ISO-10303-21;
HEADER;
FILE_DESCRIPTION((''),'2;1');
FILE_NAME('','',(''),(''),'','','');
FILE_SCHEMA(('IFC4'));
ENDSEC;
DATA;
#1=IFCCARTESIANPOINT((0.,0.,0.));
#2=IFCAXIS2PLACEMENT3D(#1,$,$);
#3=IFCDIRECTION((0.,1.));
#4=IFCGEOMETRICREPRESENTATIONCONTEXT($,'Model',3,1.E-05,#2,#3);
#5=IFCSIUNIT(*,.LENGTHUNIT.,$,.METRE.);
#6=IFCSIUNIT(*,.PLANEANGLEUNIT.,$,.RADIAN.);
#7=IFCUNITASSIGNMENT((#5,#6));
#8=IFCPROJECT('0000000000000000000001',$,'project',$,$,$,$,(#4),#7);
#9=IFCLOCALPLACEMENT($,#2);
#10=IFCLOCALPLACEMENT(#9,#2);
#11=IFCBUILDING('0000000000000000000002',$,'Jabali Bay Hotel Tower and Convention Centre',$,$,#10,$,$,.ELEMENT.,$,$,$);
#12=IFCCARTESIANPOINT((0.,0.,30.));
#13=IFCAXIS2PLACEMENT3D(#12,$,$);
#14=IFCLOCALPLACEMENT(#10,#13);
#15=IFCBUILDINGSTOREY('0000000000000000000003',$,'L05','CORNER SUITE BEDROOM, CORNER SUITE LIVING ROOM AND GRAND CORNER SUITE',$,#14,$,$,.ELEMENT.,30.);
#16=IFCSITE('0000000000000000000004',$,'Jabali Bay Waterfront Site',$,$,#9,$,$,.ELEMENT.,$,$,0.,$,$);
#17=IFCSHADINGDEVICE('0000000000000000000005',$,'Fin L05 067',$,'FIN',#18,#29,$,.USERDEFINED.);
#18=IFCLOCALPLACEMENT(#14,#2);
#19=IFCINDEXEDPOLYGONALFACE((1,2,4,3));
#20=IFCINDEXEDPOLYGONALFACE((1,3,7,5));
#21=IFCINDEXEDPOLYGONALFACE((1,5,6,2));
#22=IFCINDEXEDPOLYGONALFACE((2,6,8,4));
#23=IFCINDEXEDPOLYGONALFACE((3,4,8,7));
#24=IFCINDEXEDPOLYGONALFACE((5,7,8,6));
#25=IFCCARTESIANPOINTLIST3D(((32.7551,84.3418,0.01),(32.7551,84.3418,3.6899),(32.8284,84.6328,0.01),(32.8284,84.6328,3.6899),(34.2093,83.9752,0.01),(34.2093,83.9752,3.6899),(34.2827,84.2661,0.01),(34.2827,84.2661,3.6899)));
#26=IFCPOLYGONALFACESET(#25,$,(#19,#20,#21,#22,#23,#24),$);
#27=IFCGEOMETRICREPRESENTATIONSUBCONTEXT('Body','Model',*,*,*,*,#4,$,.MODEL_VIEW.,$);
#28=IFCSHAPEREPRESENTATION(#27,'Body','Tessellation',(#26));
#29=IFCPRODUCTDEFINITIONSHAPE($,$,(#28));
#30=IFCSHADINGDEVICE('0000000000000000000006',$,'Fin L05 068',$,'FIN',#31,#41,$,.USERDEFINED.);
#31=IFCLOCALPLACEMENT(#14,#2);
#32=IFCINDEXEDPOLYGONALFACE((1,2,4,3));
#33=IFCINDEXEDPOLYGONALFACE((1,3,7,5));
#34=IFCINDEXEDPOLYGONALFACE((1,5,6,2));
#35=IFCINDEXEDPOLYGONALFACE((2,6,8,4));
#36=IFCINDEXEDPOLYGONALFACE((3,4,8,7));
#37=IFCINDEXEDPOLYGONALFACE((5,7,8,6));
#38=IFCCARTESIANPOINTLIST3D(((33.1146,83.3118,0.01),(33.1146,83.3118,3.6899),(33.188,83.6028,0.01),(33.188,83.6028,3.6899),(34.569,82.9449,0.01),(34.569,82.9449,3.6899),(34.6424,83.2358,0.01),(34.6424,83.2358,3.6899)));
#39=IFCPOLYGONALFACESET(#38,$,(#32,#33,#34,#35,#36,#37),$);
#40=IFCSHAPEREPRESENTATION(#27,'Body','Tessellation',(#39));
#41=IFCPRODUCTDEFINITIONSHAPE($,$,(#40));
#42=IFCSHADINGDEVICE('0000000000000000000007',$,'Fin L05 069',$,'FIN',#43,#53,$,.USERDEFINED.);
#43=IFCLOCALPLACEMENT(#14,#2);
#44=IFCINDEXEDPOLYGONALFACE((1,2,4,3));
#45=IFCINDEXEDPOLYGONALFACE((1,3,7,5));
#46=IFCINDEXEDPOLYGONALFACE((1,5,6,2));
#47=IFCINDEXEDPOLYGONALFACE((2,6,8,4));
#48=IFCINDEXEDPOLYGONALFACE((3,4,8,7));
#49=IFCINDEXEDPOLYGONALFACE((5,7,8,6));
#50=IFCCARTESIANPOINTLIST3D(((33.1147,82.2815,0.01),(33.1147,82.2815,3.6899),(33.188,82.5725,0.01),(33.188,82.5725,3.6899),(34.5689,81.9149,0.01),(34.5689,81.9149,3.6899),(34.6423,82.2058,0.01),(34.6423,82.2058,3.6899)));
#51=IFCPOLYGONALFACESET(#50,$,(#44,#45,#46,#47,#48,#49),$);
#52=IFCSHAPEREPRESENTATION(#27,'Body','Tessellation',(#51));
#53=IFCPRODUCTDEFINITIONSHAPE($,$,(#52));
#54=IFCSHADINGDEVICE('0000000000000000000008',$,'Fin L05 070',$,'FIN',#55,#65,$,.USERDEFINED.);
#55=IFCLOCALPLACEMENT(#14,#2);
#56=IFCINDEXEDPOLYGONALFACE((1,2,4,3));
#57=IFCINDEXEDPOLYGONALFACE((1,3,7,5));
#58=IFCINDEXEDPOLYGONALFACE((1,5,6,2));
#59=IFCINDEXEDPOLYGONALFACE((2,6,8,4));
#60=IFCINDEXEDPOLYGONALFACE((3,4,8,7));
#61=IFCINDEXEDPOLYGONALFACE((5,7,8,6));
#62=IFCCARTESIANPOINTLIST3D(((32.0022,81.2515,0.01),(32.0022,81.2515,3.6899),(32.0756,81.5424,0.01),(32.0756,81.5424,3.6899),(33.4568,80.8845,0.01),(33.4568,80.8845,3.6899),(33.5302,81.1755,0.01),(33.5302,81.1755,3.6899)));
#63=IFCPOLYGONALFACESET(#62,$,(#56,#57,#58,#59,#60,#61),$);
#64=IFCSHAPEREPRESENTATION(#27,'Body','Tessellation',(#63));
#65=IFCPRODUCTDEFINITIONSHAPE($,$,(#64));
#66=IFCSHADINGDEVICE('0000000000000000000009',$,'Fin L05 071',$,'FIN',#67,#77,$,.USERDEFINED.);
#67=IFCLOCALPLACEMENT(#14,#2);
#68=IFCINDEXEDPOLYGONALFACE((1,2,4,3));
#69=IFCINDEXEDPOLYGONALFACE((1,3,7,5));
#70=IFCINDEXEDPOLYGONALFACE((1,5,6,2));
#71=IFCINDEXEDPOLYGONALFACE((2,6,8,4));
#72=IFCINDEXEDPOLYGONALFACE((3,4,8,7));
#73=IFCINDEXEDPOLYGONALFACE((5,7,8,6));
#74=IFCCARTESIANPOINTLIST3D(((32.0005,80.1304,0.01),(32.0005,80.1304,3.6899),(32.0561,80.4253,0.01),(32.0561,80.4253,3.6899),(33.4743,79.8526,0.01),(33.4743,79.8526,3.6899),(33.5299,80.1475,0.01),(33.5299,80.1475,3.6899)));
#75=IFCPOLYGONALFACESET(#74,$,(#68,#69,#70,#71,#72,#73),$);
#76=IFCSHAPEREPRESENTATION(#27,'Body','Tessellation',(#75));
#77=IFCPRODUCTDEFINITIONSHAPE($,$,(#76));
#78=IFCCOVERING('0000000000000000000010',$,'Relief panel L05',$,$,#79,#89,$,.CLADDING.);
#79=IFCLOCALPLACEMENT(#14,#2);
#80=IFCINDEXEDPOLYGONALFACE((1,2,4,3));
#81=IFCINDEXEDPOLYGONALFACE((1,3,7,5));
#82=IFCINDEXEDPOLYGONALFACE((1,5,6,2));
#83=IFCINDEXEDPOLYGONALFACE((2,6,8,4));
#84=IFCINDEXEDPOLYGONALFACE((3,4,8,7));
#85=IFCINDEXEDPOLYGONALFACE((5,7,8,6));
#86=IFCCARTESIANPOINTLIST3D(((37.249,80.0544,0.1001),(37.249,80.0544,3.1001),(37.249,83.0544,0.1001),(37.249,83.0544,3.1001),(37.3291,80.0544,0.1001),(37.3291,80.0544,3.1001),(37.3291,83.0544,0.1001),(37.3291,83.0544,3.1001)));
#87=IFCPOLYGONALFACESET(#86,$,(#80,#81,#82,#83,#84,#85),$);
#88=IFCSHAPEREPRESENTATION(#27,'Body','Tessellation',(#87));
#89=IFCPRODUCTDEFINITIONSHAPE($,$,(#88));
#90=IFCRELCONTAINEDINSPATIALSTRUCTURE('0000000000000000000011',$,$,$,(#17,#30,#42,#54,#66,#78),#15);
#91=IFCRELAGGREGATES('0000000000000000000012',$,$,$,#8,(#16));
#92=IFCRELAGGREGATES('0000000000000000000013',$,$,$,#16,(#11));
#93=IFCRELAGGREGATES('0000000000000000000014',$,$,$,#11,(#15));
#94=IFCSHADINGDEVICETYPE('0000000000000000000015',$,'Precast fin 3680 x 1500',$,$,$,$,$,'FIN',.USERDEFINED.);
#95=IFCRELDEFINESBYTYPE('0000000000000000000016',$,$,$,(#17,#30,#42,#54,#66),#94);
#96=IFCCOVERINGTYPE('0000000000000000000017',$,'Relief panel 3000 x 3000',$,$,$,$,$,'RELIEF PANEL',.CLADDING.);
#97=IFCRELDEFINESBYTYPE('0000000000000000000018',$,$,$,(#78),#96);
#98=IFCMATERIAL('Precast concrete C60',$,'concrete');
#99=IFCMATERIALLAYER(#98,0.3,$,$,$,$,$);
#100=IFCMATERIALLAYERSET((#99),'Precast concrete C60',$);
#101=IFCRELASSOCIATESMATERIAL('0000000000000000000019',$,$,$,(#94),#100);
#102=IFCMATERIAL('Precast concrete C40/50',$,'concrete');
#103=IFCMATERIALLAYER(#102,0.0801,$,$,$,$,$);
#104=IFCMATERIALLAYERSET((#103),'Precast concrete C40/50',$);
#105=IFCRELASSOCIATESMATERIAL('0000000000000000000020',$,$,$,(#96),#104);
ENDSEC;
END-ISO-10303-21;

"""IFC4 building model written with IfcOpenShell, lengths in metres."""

from ifc_helpers import new_model, si_unit, direction, frame, frame_2d, origin, origin_2d, place, context, subcontext, project, spatial, rectangle, extrude, material, layer, layer_set, type_object, element, save


model = new_model("IFC4")

# Units and contexts
model_context = context("Model", 3, precision=1e-05, world=origin(), true_north=direction((0.0, 1.0)))
body_context = subcontext(model_context, "Body", "Model", "MODEL_VIEW")
ifc_project = project(units=[si_unit("LENGTHUNIT", "METRE"), si_unit("PLANEANGLEUNIT", "RADIAN")], contexts=[model_context])

# Site, building, storey
site_placement = place(None, origin())
site = spatial("IfcSite", under=ifc_project, at=site_placement, Name="Jabali Bay Waterfront Site", CompositionType="ELEMENT", RefElevation=0.0)
building_placement = place(site_placement, origin())
building = spatial("IfcBuilding", under=site, at=building_placement, Name="Jabali Bay Hotel Tower and Convention Centre", CompositionType="ELEMENT")
storey_placement = place(building_placement, frame((0.0, 0.0, 30.0)))
storey = spatial("IfcBuildingStorey", under=building, at=storey_placement, Name="L05", Description="CORNER SUITE BEDROOM, CORNER SUITE LIVING ROOM AND GRAND CORNER SUITE", CompositionType="ELEMENT", Elevation=30.0)

# Shading devices
ifc_material_1 = material(Name="Precast concrete C60", Category="concrete")
ifc_layer_1 = layer(ifc_material_1, 0.3)
ifc_layer_set_1 = layer_set([ifc_layer_1], Name="Precast concrete C60")
shading_device_type_1 = type_object("IfcShadingDeviceType", Name="Precast fin 3680 x 1500", ElementType="FIN", PredefinedType="USERDEFINED", material=ifc_layer_set_1)
shading_device_1_placement = place(storey_placement, frame((34.2461, 84.1206, 0.01), z_axis=(0.0, 0.0, 1.0), x_axis=(-0.969652, 0.244488, 0.0)))
element("IfcShadingDevice", 1, at=shading_device_1_placement, inside=storey, type_object=shading_device_type_1, Name="Fin L05 067", ObjectType="FIN", PredefinedType="USERDEFINED", context=body_context, shape_type="SweptSolid", body=[
    extrude(rectangle(XDim=1.4998, YDim=0.3, at=frame_2d((0.75, 0.0))), origin(), (0.0, 0.0, 1.0), 3.6799),
])
shading_device_2_placement = place(storey_placement, frame((34.6057, 83.0903, 0.01), z_axis=(0.0, 0.0, 1.0), x_axis=(-0.969614, 0.244641, 0.0)))
element("IfcShadingDevice", 2, at=shading_device_2_placement, inside=storey, type_object=shading_device_type_1, Name="Fin L05 068", ObjectType="FIN", PredefinedType="USERDEFINED", context=body_context, shape_type="SweptSolid", body=[
    extrude(rectangle(XDim=1.5, YDim=0.3, at=frame_2d((0.75, 0.0))), origin(), (0.0, 0.0, 1.0), 3.6799),
])
shading_device_3_placement = place(storey_placement, frame((34.6057, 82.0603, 0.01), z_axis=(0.0, 0.0, 1.0), x_axis=(-0.969652, 0.244488, 0.0)))
element("IfcShadingDevice", 3, at=shading_device_3_placement, inside=storey, type_object=shading_device_type_1, Name="Fin L05 069", ObjectType="FIN", PredefinedType="USERDEFINED", context=body_context, shape_type="SweptSolid", body=[
    extrude(rectangle(XDim=1.4998, YDim=0.3, at=frame_2d((0.75, 0.0))), origin(), (0.0, 0.0, 1.0), 3.6799),
])
shading_device_4_placement = place(storey_placement, frame((33.4934, 81.03, 0.01), z_axis=(0.0, 0.0, 1.0), x_axis=(-0.969623, 0.244603, 0.0)))
element("IfcShadingDevice", 4, at=shading_device_4_placement, inside=storey, type_object=shading_device_type_1, Name="Fin L05 070", ObjectType="FIN", PredefinedType="USERDEFINED", context=body_context, shape_type="SweptSolid", body=[
    extrude(rectangle(XDim=1.5002, YDim=0.3, at=frame_2d((0.75, 0.0))), origin(), (0.0, 0.0, 1.0), 3.6799),
])
shading_device_5_placement = place(storey_placement, frame((33.5022, 80.0, 0.01), z_axis=(0.0, 0.0, 1.0), x_axis=(-0.982693, 0.185242, 0.0)))
element("IfcShadingDevice", 5, at=shading_device_5_placement, inside=storey, type_object=shading_device_type_1, Name="Fin L05 071", ObjectType="FIN", PredefinedType="USERDEFINED", context=body_context, shape_type="SweptSolid", body=[
    extrude(rectangle(XDim=1.4998, YDim=0.3, at=frame_2d((0.75, 0.0))), origin(), (0.0, 0.0, 1.0), 3.6799),
])

# Covering
ifc_material_2 = material(Name="Precast concrete C40/50", Category="concrete")
ifc_layer_2 = layer(ifc_material_2, 0.0801)
ifc_layer_set_2 = layer_set([ifc_layer_2], Name="Precast concrete C40/50")
covering_type = type_object("IfcCoveringType", Name="Relief panel 3000 x 3000", ElementType="RELIEF PANEL", PredefinedType="CLADDING", material=ifc_layer_set_2)
covering_placement = place(storey_placement, frame((37.2891, 81.5544, 0.1001), z_axis=(0.0, 0.0, 1.0), x_axis=(0.0, 1.0, 0.0)))
element("IfcCovering", 6, at=covering_placement, inside=storey, type_object=covering_type, Name="Relief panel L05", PredefinedType="CLADDING", context=body_context, shape_type="SweptSolid", body=[
    extrude(rectangle(XDim=3.0, YDim=0.0801, at=origin_2d()), origin(), (0.0, 0.0, 1.0), 3.0),
])

save(model, "model.ifc")
